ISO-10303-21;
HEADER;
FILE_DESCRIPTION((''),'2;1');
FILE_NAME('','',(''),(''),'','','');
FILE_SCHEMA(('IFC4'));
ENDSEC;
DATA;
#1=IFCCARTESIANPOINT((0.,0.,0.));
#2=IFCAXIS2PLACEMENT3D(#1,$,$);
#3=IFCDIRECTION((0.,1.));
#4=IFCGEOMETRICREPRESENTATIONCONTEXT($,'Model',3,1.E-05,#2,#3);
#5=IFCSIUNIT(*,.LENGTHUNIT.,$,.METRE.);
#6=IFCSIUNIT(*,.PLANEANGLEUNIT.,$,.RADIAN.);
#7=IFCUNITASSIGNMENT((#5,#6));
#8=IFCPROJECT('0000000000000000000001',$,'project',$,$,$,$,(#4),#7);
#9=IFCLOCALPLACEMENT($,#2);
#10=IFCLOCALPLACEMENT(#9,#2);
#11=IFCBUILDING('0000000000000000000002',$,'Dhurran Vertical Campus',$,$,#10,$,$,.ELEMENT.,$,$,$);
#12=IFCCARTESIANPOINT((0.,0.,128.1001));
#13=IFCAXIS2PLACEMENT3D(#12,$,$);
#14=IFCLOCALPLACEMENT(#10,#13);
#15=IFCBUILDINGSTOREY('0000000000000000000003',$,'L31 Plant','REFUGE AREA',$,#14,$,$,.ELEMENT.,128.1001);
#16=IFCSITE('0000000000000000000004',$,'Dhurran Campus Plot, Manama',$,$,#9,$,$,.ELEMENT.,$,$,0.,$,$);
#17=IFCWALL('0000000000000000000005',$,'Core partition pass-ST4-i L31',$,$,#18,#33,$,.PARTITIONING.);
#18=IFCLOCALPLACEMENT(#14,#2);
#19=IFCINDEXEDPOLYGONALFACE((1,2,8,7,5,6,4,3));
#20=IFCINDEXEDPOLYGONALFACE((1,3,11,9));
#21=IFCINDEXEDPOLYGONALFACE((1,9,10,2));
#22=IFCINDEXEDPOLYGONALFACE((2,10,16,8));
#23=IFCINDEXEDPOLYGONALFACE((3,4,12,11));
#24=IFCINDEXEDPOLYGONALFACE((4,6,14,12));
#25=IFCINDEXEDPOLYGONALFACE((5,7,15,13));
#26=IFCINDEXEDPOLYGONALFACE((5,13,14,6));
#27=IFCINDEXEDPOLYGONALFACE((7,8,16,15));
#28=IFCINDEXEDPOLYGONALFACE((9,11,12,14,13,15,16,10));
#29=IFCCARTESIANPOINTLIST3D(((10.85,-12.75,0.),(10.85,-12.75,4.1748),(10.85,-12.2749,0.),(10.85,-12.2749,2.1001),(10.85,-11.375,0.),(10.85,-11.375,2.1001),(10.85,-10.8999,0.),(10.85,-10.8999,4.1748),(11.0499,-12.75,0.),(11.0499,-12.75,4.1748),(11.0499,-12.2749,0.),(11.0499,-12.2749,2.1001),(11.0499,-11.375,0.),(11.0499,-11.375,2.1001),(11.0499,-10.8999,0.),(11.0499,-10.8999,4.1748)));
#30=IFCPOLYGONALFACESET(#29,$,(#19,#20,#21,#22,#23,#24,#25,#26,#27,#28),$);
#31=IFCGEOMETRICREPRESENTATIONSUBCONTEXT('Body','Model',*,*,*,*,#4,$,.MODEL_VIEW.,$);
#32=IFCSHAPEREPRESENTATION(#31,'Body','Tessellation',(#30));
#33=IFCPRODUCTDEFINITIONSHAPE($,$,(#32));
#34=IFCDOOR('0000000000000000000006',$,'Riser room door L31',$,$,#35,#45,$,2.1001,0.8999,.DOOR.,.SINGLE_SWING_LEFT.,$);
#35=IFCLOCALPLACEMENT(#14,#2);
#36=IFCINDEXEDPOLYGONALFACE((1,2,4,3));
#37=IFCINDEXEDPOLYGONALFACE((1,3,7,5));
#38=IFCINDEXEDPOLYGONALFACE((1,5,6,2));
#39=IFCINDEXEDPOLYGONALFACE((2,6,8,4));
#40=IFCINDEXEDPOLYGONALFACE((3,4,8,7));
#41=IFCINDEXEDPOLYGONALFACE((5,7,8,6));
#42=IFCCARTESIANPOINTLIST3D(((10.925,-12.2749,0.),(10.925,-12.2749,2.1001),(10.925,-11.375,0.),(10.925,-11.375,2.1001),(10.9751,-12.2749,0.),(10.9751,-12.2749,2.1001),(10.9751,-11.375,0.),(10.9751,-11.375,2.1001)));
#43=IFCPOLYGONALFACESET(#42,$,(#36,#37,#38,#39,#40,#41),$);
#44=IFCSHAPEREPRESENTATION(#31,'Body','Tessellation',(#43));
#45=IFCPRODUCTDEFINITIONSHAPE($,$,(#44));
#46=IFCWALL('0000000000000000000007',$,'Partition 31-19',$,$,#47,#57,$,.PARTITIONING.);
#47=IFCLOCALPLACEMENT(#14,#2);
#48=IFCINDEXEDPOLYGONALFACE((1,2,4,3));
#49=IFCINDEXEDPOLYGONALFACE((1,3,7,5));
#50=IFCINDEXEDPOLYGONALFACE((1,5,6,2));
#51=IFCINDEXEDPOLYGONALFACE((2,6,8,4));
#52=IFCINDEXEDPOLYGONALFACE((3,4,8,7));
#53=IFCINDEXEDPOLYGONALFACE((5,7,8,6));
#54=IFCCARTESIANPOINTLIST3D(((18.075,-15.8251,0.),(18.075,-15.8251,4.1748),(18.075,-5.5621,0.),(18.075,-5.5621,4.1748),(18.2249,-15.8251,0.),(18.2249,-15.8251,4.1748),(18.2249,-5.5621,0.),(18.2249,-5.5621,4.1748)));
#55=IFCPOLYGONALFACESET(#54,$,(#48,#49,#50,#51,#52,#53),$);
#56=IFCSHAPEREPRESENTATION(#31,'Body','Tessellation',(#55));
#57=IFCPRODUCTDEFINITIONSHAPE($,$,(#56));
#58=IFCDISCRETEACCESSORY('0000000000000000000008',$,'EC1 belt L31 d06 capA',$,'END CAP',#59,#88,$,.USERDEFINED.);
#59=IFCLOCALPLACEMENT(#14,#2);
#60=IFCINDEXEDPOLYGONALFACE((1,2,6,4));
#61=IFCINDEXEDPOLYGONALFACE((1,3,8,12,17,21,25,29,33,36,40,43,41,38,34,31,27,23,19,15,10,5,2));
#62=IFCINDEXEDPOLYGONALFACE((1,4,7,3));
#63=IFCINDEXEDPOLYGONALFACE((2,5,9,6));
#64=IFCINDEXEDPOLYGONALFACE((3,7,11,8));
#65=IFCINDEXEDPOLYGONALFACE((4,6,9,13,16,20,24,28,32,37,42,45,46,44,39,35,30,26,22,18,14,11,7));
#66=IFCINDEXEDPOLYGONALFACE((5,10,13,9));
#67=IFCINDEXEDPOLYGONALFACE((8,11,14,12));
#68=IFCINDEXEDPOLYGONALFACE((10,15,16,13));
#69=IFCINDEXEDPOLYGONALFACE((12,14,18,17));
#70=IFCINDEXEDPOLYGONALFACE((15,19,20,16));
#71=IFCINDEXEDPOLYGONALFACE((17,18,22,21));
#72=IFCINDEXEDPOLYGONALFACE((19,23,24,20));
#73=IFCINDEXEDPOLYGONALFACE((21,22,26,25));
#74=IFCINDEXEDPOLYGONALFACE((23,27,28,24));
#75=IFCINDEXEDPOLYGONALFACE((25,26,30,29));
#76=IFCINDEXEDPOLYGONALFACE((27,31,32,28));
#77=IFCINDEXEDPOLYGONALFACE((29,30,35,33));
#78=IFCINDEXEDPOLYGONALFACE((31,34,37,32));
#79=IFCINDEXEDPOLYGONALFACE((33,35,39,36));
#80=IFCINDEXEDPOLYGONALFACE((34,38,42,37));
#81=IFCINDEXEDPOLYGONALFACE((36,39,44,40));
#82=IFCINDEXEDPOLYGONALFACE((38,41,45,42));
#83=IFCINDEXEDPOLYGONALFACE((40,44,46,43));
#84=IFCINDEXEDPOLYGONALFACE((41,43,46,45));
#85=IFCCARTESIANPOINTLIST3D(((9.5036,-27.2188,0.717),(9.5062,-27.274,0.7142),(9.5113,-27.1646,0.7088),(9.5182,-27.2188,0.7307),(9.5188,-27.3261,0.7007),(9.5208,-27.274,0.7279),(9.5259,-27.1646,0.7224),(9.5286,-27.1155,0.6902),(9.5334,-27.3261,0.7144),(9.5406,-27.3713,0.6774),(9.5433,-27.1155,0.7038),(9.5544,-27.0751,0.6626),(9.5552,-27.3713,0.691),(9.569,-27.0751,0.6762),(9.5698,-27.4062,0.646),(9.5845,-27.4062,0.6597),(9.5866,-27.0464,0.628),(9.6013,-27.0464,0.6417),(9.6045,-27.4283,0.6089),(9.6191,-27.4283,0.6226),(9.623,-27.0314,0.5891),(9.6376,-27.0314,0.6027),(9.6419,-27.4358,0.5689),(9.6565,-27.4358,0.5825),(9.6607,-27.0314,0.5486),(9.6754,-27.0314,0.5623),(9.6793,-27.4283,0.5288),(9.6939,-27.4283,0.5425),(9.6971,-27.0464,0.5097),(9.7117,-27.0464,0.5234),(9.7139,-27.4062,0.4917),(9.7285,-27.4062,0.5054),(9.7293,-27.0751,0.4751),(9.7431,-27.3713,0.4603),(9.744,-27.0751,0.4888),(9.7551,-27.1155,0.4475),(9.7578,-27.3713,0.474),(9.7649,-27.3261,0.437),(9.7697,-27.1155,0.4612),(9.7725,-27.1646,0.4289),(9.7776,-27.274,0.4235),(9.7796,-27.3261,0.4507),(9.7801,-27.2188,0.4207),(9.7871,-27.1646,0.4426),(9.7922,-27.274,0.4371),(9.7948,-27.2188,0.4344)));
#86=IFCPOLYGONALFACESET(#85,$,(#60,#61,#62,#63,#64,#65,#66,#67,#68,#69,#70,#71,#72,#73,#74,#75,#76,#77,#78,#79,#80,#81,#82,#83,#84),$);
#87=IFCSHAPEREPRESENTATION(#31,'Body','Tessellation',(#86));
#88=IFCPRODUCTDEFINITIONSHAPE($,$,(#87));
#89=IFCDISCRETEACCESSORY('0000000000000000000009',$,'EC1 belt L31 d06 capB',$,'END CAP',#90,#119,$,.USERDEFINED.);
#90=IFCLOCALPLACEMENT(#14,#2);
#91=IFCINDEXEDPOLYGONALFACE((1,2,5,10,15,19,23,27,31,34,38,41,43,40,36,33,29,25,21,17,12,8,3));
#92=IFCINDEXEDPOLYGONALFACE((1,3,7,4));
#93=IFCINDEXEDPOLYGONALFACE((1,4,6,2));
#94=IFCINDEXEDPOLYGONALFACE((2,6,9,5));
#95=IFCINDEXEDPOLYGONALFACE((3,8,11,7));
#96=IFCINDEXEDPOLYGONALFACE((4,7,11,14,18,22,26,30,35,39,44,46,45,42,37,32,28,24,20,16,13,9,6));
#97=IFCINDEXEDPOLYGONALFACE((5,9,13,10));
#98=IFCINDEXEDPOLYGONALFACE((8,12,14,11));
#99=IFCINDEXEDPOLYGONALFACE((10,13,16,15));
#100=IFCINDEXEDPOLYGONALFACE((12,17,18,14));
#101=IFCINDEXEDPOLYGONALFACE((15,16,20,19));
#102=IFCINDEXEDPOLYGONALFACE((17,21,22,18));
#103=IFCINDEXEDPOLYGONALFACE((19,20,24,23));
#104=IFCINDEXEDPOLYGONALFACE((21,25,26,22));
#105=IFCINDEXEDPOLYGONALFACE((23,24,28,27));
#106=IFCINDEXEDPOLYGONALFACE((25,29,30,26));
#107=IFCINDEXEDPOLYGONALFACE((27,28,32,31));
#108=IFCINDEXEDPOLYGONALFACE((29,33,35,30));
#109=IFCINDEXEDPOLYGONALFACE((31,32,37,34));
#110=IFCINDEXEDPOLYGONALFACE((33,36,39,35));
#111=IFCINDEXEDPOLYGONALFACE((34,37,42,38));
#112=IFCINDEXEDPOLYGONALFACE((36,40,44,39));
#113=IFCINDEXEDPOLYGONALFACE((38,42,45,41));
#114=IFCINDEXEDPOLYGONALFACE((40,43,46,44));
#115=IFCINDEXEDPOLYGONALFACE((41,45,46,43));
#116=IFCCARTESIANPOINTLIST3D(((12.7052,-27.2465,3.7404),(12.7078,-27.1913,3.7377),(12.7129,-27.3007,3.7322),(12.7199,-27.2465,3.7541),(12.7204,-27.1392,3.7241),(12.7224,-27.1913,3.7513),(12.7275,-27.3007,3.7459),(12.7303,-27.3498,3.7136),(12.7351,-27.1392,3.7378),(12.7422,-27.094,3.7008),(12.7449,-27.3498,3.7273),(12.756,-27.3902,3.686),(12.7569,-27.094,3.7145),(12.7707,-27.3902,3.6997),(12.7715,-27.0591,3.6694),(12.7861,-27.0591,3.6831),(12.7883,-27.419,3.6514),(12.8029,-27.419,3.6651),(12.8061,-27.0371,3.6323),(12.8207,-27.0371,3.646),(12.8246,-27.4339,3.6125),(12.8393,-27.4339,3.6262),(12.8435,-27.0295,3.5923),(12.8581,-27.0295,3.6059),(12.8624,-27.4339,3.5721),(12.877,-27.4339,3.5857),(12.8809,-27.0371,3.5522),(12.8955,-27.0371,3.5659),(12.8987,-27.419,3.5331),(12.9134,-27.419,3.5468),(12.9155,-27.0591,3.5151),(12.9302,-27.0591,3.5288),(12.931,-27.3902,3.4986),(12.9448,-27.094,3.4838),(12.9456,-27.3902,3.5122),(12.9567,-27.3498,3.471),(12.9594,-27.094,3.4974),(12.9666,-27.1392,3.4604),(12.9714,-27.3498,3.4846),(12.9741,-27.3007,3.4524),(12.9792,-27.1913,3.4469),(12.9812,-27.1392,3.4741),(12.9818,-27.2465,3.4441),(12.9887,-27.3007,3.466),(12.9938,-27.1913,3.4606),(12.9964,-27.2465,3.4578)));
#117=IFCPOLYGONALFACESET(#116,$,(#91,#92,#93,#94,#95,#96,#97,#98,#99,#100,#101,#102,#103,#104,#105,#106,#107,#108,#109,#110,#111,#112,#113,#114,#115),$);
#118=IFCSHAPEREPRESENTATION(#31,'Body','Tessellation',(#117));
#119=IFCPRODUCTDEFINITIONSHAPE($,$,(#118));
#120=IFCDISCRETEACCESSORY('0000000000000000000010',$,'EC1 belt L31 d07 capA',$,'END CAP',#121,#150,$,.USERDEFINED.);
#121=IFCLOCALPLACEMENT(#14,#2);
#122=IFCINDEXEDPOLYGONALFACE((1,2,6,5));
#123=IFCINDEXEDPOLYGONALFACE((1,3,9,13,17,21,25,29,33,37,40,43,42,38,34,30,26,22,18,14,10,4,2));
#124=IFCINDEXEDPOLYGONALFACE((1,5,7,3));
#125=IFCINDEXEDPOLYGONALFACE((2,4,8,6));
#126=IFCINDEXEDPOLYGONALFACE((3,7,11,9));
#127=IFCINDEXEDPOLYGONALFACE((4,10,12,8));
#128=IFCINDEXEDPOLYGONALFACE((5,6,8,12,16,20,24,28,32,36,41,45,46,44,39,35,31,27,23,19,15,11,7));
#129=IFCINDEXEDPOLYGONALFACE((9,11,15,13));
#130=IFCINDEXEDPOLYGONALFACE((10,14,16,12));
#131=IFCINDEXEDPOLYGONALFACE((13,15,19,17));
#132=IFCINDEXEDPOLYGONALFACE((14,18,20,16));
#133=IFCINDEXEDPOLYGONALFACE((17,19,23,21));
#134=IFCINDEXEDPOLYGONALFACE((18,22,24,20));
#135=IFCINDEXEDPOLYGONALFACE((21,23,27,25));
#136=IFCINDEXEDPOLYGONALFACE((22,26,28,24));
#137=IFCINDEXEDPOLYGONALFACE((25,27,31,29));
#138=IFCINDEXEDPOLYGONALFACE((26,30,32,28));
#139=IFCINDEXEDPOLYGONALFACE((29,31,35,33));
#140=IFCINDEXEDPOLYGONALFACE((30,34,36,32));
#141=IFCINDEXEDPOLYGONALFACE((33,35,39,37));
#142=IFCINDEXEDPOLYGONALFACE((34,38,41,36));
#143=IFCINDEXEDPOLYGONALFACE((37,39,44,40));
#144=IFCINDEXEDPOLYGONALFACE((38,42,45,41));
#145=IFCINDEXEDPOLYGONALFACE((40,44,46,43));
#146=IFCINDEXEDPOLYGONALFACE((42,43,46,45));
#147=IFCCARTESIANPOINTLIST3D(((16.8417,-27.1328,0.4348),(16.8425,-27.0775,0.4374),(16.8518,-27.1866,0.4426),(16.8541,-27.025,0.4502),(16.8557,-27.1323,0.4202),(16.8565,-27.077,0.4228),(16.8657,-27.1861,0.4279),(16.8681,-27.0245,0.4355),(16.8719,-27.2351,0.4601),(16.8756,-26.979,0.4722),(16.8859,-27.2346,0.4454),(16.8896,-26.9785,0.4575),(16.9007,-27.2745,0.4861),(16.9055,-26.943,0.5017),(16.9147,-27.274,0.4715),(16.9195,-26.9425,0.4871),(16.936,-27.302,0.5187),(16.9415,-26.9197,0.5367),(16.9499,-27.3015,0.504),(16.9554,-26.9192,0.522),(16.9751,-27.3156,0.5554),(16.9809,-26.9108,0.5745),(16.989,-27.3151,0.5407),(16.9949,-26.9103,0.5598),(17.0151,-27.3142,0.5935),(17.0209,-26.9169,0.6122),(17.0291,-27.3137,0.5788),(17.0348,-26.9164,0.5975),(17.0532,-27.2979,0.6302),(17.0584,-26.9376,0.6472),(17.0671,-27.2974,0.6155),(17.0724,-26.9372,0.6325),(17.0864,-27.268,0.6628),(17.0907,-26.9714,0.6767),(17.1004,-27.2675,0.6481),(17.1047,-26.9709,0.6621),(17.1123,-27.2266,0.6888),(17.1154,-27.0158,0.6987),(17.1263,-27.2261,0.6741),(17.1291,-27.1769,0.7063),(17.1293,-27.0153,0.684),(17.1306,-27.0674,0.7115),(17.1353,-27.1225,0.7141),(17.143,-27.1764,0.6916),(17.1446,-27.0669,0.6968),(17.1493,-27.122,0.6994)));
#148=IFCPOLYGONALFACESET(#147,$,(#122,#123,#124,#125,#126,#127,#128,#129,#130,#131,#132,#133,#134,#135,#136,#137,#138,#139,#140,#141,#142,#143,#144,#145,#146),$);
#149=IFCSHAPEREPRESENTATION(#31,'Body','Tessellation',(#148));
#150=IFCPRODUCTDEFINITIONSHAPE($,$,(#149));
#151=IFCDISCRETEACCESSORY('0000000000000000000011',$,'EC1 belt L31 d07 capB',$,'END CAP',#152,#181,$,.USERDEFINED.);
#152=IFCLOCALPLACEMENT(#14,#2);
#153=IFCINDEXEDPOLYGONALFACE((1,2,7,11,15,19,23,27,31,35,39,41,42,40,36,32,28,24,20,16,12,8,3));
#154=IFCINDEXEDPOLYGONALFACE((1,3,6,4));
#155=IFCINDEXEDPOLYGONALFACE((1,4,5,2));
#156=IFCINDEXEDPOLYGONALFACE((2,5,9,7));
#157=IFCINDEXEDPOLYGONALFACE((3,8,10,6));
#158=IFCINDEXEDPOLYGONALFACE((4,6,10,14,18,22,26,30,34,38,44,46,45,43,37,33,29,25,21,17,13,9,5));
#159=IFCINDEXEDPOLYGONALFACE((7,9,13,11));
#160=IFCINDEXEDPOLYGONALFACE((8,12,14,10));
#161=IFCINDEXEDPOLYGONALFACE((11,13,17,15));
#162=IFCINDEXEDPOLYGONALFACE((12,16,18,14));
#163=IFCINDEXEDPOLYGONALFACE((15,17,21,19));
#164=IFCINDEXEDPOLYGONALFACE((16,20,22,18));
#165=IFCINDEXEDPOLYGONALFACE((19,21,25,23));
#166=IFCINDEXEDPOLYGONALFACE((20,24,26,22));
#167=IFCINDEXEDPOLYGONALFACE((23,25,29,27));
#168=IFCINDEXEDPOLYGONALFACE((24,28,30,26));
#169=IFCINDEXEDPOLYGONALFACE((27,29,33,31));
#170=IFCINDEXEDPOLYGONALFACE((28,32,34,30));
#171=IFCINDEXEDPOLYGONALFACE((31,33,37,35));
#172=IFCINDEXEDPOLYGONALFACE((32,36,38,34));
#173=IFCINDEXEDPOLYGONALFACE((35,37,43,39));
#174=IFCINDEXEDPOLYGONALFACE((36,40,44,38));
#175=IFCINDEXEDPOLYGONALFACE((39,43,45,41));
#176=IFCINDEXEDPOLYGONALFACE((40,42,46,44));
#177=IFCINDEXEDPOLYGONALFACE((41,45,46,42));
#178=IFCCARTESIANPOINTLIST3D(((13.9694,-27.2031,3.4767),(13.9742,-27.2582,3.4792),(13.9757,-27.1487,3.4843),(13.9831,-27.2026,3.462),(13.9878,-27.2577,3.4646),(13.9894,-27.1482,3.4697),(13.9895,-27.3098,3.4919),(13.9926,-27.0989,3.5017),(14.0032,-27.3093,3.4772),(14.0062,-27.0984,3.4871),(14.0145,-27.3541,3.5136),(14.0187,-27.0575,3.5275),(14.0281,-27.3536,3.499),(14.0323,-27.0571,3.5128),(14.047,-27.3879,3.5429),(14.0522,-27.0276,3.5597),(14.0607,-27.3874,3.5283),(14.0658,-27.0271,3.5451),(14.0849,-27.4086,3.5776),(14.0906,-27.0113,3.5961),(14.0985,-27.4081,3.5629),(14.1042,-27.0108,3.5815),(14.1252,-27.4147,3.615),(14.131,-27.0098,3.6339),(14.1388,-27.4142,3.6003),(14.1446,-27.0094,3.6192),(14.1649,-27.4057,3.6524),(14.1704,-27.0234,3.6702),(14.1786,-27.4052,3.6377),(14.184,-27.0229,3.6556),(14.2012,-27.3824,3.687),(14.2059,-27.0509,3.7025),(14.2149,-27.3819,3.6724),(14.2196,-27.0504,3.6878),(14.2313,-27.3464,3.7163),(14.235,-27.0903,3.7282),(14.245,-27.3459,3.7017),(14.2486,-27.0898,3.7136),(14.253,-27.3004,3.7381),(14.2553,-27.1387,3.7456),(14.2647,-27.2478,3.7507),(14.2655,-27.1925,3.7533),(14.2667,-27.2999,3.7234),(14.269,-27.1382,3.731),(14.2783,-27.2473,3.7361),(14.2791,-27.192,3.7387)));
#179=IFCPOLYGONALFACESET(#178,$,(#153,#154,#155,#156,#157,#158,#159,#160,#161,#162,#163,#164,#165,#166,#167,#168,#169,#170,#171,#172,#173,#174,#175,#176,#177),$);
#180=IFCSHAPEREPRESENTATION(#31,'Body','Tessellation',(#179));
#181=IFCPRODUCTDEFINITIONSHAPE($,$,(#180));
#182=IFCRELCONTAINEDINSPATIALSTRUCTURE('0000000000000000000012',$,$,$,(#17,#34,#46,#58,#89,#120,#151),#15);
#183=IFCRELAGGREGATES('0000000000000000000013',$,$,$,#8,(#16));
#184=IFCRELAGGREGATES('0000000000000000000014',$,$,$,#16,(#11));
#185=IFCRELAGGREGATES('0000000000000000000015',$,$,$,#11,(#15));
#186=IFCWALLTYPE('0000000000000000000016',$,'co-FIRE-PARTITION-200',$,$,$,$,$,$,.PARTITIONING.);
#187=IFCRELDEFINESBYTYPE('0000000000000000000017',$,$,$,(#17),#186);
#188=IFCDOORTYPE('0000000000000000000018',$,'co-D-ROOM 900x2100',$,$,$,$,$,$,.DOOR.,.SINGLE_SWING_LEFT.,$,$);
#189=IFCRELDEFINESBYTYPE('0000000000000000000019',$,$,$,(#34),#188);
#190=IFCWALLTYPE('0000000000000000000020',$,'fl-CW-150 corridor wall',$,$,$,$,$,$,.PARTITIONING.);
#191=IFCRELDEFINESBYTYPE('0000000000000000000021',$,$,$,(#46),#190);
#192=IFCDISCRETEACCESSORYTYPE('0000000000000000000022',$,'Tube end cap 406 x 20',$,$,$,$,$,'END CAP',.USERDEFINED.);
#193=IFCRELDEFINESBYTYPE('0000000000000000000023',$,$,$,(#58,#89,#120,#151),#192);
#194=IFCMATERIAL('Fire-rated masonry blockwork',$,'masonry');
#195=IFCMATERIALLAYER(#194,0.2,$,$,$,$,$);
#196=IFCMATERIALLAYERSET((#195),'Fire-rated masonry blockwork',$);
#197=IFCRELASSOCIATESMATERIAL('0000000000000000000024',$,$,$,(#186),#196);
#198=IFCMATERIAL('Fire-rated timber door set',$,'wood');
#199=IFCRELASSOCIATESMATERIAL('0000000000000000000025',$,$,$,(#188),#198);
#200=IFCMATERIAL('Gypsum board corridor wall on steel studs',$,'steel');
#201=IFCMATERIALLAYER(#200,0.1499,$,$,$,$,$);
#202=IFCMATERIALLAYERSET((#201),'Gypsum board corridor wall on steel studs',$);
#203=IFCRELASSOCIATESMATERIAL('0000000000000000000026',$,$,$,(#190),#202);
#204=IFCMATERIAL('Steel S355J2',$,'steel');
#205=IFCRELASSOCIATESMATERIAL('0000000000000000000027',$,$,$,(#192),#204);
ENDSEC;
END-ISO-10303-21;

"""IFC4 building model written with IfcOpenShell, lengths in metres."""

from ifc_helpers import new_model, si_unit, direction, frame, frame_2d, origin, origin_2d, place, context, subcontext, project, spatial, rectangle, circle, extrude, material, layer, layer_set, material_profile, profile_set, type_object, element, fill, save


model = new_model("IFC4")

# Units and contexts
model_context = context("Model", 3, precision=1e-05, world=origin(), true_north=direction((0.0, 1.0)))
body_context = subcontext(model_context, "Body", "Model", "MODEL_VIEW")
ifc_project = project(units=[si_unit("LENGTHUNIT", "METRE"), si_unit("PLANEANGLEUNIT", "RADIAN")], contexts=[model_context])

# Site, building, storey
site_placement = place(None, origin())
site = spatial("IfcSite", under=ifc_project, at=site_placement, Name="Dhurran Campus Plot, Manama", CompositionType="ELEMENT", RefElevation=0.0)
building_placement = place(site_placement, origin())
building = spatial("IfcBuilding", under=site, at=building_placement, Name="Dhurran Vertical Campus", CompositionType="ELEMENT")
storey_placement = place(building_placement, frame((0.0, 0.0, 128.1001)))
storey = spatial("IfcBuildingStorey", under=building, at=storey_placement, Name="L31 Plant", Description="REFUGE AREA", CompositionType="ELEMENT", Elevation=128.1001)

# Shared definitions
ifc_material_1 = material(Name="Fire-rated masonry blockwork", Category="masonry")
ifc_layer_1 = layer(ifc_material_1, 0.2)
ifc_layer_set_1 = layer_set([ifc_layer_1], Name="Fire-rated masonry blockwork")
wall_type_1 = type_object("IfcWallType", Name="co-FIRE-PARTITION-200", PredefinedType="PARTITIONING", material=ifc_layer_set_1)

# Wall, opening, door
wall_1_placement = place(storey_placement, frame((10.95, -12.75, 0.0), z_axis=(0.0, 0.0, 1.0), x_axis=(0.0, 1.0, 0.0)))
wall_1 = element("IfcWall", 1, at=wall_1_placement, inside=storey, type_object=wall_type_1, Name="Core partition pass-ST4-i L31", PredefinedType="PARTITIONING", context=body_context, shape_type="SweptSolid", body=[
    extrude(rectangle(XDim=1.8501, YDim=0.2, at=frame_2d((0.925, 0.0))), origin(), (0.0, 0.0, 1.0), 4.1748),
])
opening_1_placement = place(wall_1_placement, frame((0.4751, 0.0, 0.0)))
opening_1 = element("IfcOpeningElement", 2, at=opening_1_placement, cuts=wall_1, PredefinedType="OPENING", context=body_context, shape_type="SweptSolid", body=[
    extrude(rectangle(XDim=0.8999, YDim=2.1001, at=frame_2d((0.45, 1.05))), frame((0.0, 0.1099, 0.0), z_axis=(0.0, -1.0, 0.0), x_axis=(1.0, 0.0, 0.0)), (0.0, 0.0, 1.0), 0.22),
])
ifc_material_2 = material(Name="Fire-rated timber door set", Category="wood")
door_type_1 = type_object("IfcDoorType", Name="co-D-ROOM 900x2100", OperationType="SINGLE_SWING_LEFT", PredefinedType="DOOR", material=ifc_material_2)
door_1_placement = place(opening_1_placement, origin())
door_1 = element("IfcDoor", 3, at=door_1_placement, inside=storey, type_object=door_type_1, Name="Riser room door L31", OperationType="SINGLE_SWING_LEFT", OverallHeight=2.1001, OverallWidth=0.8999, PredefinedType="DOOR", context=body_context, shape_type="SweptSolid", body=[
    extrude(rectangle(XDim=0.8999, YDim=2.1001, at=frame_2d((0.45, 1.05))), frame((0.0, 0.0249, 0.0), z_axis=(0.0, -1.0, 0.0), x_axis=(1.0, 0.0, 0.0)), (0.0, 0.0, 1.0), 0.05),
])
fill(opening_1, door_1)

# Wall
ifc_material_3 = material(Name="Gypsum board corridor wall on steel studs", Category="steel")
ifc_layer_2 = layer(ifc_material_3, 0.1499)
ifc_layer_set_2 = layer_set([ifc_layer_2], Name="Gypsum board corridor wall on steel studs")
wall_type_2 = type_object("IfcWallType", Name="fl-CW-150 corridor wall", PredefinedType="PARTITIONING", material=ifc_layer_set_2)
wall_2_placement = place(storey_placement, frame((18.1499, -15.825, 0.0), z_axis=(0.0, 0.0, 1.0), x_axis=(0.0, 1.0, 0.0)))
element("IfcWall", 4, at=wall_2_placement, inside=storey, type_object=wall_type_2, Name="Partition 31-19", PredefinedType="PARTITIONING", context=body_context, shape_type="SweptSolid", body=[
    extrude(rectangle(XDim=10.2629, YDim=0.1499, at=frame_2d((5.1313, 0.0))), origin(), (0.0, 0.0, 1.0), 4.1748),
])

# Discrete accessories
ifc_material_4 = material(Name="Steel S355J2", Category="steel")
ifc_material_profile_1 = material_profile(ifc_material_4, circle(Radius=0.2031, at=origin_2d()), Name="Tube end cap 406 x 20")
ifc_profile_set_1 = profile_set([ifc_material_profile_1], Name="Steel S355J2")
discrete_accessory_type = type_object("IfcDiscreteAccessoryType", Name="Tube end cap 406 x 20", ElementType="END CAP", PredefinedType="USERDEFINED", material=ifc_profile_set_1)
for number, where, z_axis, x_axis, name in (
    (5, (9.6565, -27.2327, 0.5825), (-0.731055, 0.0, -0.682318), (0.0, -1.0, 0.0), "EC1 belt L31 d06 capA"),
    (6, (12.8435, -27.2327, 3.5923), (0.731055, 0.0, 0.682318), (0.0, 1.0, 0.0), "EC1 belt L31 d06 capB"),
):
    element("IfcDiscreteAccessory", number, at=place(storey_placement, frame(where, z_axis=z_axis, x_axis=x_axis)), inside=storey, type_object=discrete_accessory_type, Name=name, ObjectType="END CAP", PredefinedType="USERDEFINED", context=body_context, shape_type="SweptSolid", body=[
        extrude(circle(Radius=0.2031, at=origin_2d()), origin(), (0.0, 0.0, 1.0), 0.02),
    ])
discrete_accessory_placement = place(storey_placement, frame((16.988, -27.1138, 0.5745), z_axis=(0.688548, 0.02416, -0.724788), x_axis=(-0.035066, 0.999385, 0.0)))
element("IfcDiscreteAccessory", 7, at=discrete_accessory_placement, inside=storey, type_object=discrete_accessory_type, Name="EC1 belt L31 d07 capA", ObjectType="END CAP", PredefinedType="USERDEFINED", context=body_context, shape_type="SweptSolid", body=[
    extrude(circle(Radius=0.2031, at=origin_2d()), origin(), (0.0, 0.0, 1.0), 0.0203),
])
for number, where, z_axis, x_axis, name in (
    (8, (14.1316, -27.2112, 3.6003), (-0.682116, -0.024361, 0.730838), (0.035692, -0.999363, 0.0), "EC1 belt L31 d07 capB"),
):
    element("IfcDiscreteAccessory", number, at=place(storey_placement, frame(where, z_axis=z_axis, x_axis=x_axis)), inside=storey, type_object=discrete_accessory_type, Name=name, ObjectType="END CAP", PredefinedType="USERDEFINED", context=body_context, shape_type="SweptSolid", body=[
        extrude(circle(Radius=0.2031, at=origin_2d()), origin(), (0.0, 0.0, 1.0), 0.02),
    ])

save(model, "model.ifc")
